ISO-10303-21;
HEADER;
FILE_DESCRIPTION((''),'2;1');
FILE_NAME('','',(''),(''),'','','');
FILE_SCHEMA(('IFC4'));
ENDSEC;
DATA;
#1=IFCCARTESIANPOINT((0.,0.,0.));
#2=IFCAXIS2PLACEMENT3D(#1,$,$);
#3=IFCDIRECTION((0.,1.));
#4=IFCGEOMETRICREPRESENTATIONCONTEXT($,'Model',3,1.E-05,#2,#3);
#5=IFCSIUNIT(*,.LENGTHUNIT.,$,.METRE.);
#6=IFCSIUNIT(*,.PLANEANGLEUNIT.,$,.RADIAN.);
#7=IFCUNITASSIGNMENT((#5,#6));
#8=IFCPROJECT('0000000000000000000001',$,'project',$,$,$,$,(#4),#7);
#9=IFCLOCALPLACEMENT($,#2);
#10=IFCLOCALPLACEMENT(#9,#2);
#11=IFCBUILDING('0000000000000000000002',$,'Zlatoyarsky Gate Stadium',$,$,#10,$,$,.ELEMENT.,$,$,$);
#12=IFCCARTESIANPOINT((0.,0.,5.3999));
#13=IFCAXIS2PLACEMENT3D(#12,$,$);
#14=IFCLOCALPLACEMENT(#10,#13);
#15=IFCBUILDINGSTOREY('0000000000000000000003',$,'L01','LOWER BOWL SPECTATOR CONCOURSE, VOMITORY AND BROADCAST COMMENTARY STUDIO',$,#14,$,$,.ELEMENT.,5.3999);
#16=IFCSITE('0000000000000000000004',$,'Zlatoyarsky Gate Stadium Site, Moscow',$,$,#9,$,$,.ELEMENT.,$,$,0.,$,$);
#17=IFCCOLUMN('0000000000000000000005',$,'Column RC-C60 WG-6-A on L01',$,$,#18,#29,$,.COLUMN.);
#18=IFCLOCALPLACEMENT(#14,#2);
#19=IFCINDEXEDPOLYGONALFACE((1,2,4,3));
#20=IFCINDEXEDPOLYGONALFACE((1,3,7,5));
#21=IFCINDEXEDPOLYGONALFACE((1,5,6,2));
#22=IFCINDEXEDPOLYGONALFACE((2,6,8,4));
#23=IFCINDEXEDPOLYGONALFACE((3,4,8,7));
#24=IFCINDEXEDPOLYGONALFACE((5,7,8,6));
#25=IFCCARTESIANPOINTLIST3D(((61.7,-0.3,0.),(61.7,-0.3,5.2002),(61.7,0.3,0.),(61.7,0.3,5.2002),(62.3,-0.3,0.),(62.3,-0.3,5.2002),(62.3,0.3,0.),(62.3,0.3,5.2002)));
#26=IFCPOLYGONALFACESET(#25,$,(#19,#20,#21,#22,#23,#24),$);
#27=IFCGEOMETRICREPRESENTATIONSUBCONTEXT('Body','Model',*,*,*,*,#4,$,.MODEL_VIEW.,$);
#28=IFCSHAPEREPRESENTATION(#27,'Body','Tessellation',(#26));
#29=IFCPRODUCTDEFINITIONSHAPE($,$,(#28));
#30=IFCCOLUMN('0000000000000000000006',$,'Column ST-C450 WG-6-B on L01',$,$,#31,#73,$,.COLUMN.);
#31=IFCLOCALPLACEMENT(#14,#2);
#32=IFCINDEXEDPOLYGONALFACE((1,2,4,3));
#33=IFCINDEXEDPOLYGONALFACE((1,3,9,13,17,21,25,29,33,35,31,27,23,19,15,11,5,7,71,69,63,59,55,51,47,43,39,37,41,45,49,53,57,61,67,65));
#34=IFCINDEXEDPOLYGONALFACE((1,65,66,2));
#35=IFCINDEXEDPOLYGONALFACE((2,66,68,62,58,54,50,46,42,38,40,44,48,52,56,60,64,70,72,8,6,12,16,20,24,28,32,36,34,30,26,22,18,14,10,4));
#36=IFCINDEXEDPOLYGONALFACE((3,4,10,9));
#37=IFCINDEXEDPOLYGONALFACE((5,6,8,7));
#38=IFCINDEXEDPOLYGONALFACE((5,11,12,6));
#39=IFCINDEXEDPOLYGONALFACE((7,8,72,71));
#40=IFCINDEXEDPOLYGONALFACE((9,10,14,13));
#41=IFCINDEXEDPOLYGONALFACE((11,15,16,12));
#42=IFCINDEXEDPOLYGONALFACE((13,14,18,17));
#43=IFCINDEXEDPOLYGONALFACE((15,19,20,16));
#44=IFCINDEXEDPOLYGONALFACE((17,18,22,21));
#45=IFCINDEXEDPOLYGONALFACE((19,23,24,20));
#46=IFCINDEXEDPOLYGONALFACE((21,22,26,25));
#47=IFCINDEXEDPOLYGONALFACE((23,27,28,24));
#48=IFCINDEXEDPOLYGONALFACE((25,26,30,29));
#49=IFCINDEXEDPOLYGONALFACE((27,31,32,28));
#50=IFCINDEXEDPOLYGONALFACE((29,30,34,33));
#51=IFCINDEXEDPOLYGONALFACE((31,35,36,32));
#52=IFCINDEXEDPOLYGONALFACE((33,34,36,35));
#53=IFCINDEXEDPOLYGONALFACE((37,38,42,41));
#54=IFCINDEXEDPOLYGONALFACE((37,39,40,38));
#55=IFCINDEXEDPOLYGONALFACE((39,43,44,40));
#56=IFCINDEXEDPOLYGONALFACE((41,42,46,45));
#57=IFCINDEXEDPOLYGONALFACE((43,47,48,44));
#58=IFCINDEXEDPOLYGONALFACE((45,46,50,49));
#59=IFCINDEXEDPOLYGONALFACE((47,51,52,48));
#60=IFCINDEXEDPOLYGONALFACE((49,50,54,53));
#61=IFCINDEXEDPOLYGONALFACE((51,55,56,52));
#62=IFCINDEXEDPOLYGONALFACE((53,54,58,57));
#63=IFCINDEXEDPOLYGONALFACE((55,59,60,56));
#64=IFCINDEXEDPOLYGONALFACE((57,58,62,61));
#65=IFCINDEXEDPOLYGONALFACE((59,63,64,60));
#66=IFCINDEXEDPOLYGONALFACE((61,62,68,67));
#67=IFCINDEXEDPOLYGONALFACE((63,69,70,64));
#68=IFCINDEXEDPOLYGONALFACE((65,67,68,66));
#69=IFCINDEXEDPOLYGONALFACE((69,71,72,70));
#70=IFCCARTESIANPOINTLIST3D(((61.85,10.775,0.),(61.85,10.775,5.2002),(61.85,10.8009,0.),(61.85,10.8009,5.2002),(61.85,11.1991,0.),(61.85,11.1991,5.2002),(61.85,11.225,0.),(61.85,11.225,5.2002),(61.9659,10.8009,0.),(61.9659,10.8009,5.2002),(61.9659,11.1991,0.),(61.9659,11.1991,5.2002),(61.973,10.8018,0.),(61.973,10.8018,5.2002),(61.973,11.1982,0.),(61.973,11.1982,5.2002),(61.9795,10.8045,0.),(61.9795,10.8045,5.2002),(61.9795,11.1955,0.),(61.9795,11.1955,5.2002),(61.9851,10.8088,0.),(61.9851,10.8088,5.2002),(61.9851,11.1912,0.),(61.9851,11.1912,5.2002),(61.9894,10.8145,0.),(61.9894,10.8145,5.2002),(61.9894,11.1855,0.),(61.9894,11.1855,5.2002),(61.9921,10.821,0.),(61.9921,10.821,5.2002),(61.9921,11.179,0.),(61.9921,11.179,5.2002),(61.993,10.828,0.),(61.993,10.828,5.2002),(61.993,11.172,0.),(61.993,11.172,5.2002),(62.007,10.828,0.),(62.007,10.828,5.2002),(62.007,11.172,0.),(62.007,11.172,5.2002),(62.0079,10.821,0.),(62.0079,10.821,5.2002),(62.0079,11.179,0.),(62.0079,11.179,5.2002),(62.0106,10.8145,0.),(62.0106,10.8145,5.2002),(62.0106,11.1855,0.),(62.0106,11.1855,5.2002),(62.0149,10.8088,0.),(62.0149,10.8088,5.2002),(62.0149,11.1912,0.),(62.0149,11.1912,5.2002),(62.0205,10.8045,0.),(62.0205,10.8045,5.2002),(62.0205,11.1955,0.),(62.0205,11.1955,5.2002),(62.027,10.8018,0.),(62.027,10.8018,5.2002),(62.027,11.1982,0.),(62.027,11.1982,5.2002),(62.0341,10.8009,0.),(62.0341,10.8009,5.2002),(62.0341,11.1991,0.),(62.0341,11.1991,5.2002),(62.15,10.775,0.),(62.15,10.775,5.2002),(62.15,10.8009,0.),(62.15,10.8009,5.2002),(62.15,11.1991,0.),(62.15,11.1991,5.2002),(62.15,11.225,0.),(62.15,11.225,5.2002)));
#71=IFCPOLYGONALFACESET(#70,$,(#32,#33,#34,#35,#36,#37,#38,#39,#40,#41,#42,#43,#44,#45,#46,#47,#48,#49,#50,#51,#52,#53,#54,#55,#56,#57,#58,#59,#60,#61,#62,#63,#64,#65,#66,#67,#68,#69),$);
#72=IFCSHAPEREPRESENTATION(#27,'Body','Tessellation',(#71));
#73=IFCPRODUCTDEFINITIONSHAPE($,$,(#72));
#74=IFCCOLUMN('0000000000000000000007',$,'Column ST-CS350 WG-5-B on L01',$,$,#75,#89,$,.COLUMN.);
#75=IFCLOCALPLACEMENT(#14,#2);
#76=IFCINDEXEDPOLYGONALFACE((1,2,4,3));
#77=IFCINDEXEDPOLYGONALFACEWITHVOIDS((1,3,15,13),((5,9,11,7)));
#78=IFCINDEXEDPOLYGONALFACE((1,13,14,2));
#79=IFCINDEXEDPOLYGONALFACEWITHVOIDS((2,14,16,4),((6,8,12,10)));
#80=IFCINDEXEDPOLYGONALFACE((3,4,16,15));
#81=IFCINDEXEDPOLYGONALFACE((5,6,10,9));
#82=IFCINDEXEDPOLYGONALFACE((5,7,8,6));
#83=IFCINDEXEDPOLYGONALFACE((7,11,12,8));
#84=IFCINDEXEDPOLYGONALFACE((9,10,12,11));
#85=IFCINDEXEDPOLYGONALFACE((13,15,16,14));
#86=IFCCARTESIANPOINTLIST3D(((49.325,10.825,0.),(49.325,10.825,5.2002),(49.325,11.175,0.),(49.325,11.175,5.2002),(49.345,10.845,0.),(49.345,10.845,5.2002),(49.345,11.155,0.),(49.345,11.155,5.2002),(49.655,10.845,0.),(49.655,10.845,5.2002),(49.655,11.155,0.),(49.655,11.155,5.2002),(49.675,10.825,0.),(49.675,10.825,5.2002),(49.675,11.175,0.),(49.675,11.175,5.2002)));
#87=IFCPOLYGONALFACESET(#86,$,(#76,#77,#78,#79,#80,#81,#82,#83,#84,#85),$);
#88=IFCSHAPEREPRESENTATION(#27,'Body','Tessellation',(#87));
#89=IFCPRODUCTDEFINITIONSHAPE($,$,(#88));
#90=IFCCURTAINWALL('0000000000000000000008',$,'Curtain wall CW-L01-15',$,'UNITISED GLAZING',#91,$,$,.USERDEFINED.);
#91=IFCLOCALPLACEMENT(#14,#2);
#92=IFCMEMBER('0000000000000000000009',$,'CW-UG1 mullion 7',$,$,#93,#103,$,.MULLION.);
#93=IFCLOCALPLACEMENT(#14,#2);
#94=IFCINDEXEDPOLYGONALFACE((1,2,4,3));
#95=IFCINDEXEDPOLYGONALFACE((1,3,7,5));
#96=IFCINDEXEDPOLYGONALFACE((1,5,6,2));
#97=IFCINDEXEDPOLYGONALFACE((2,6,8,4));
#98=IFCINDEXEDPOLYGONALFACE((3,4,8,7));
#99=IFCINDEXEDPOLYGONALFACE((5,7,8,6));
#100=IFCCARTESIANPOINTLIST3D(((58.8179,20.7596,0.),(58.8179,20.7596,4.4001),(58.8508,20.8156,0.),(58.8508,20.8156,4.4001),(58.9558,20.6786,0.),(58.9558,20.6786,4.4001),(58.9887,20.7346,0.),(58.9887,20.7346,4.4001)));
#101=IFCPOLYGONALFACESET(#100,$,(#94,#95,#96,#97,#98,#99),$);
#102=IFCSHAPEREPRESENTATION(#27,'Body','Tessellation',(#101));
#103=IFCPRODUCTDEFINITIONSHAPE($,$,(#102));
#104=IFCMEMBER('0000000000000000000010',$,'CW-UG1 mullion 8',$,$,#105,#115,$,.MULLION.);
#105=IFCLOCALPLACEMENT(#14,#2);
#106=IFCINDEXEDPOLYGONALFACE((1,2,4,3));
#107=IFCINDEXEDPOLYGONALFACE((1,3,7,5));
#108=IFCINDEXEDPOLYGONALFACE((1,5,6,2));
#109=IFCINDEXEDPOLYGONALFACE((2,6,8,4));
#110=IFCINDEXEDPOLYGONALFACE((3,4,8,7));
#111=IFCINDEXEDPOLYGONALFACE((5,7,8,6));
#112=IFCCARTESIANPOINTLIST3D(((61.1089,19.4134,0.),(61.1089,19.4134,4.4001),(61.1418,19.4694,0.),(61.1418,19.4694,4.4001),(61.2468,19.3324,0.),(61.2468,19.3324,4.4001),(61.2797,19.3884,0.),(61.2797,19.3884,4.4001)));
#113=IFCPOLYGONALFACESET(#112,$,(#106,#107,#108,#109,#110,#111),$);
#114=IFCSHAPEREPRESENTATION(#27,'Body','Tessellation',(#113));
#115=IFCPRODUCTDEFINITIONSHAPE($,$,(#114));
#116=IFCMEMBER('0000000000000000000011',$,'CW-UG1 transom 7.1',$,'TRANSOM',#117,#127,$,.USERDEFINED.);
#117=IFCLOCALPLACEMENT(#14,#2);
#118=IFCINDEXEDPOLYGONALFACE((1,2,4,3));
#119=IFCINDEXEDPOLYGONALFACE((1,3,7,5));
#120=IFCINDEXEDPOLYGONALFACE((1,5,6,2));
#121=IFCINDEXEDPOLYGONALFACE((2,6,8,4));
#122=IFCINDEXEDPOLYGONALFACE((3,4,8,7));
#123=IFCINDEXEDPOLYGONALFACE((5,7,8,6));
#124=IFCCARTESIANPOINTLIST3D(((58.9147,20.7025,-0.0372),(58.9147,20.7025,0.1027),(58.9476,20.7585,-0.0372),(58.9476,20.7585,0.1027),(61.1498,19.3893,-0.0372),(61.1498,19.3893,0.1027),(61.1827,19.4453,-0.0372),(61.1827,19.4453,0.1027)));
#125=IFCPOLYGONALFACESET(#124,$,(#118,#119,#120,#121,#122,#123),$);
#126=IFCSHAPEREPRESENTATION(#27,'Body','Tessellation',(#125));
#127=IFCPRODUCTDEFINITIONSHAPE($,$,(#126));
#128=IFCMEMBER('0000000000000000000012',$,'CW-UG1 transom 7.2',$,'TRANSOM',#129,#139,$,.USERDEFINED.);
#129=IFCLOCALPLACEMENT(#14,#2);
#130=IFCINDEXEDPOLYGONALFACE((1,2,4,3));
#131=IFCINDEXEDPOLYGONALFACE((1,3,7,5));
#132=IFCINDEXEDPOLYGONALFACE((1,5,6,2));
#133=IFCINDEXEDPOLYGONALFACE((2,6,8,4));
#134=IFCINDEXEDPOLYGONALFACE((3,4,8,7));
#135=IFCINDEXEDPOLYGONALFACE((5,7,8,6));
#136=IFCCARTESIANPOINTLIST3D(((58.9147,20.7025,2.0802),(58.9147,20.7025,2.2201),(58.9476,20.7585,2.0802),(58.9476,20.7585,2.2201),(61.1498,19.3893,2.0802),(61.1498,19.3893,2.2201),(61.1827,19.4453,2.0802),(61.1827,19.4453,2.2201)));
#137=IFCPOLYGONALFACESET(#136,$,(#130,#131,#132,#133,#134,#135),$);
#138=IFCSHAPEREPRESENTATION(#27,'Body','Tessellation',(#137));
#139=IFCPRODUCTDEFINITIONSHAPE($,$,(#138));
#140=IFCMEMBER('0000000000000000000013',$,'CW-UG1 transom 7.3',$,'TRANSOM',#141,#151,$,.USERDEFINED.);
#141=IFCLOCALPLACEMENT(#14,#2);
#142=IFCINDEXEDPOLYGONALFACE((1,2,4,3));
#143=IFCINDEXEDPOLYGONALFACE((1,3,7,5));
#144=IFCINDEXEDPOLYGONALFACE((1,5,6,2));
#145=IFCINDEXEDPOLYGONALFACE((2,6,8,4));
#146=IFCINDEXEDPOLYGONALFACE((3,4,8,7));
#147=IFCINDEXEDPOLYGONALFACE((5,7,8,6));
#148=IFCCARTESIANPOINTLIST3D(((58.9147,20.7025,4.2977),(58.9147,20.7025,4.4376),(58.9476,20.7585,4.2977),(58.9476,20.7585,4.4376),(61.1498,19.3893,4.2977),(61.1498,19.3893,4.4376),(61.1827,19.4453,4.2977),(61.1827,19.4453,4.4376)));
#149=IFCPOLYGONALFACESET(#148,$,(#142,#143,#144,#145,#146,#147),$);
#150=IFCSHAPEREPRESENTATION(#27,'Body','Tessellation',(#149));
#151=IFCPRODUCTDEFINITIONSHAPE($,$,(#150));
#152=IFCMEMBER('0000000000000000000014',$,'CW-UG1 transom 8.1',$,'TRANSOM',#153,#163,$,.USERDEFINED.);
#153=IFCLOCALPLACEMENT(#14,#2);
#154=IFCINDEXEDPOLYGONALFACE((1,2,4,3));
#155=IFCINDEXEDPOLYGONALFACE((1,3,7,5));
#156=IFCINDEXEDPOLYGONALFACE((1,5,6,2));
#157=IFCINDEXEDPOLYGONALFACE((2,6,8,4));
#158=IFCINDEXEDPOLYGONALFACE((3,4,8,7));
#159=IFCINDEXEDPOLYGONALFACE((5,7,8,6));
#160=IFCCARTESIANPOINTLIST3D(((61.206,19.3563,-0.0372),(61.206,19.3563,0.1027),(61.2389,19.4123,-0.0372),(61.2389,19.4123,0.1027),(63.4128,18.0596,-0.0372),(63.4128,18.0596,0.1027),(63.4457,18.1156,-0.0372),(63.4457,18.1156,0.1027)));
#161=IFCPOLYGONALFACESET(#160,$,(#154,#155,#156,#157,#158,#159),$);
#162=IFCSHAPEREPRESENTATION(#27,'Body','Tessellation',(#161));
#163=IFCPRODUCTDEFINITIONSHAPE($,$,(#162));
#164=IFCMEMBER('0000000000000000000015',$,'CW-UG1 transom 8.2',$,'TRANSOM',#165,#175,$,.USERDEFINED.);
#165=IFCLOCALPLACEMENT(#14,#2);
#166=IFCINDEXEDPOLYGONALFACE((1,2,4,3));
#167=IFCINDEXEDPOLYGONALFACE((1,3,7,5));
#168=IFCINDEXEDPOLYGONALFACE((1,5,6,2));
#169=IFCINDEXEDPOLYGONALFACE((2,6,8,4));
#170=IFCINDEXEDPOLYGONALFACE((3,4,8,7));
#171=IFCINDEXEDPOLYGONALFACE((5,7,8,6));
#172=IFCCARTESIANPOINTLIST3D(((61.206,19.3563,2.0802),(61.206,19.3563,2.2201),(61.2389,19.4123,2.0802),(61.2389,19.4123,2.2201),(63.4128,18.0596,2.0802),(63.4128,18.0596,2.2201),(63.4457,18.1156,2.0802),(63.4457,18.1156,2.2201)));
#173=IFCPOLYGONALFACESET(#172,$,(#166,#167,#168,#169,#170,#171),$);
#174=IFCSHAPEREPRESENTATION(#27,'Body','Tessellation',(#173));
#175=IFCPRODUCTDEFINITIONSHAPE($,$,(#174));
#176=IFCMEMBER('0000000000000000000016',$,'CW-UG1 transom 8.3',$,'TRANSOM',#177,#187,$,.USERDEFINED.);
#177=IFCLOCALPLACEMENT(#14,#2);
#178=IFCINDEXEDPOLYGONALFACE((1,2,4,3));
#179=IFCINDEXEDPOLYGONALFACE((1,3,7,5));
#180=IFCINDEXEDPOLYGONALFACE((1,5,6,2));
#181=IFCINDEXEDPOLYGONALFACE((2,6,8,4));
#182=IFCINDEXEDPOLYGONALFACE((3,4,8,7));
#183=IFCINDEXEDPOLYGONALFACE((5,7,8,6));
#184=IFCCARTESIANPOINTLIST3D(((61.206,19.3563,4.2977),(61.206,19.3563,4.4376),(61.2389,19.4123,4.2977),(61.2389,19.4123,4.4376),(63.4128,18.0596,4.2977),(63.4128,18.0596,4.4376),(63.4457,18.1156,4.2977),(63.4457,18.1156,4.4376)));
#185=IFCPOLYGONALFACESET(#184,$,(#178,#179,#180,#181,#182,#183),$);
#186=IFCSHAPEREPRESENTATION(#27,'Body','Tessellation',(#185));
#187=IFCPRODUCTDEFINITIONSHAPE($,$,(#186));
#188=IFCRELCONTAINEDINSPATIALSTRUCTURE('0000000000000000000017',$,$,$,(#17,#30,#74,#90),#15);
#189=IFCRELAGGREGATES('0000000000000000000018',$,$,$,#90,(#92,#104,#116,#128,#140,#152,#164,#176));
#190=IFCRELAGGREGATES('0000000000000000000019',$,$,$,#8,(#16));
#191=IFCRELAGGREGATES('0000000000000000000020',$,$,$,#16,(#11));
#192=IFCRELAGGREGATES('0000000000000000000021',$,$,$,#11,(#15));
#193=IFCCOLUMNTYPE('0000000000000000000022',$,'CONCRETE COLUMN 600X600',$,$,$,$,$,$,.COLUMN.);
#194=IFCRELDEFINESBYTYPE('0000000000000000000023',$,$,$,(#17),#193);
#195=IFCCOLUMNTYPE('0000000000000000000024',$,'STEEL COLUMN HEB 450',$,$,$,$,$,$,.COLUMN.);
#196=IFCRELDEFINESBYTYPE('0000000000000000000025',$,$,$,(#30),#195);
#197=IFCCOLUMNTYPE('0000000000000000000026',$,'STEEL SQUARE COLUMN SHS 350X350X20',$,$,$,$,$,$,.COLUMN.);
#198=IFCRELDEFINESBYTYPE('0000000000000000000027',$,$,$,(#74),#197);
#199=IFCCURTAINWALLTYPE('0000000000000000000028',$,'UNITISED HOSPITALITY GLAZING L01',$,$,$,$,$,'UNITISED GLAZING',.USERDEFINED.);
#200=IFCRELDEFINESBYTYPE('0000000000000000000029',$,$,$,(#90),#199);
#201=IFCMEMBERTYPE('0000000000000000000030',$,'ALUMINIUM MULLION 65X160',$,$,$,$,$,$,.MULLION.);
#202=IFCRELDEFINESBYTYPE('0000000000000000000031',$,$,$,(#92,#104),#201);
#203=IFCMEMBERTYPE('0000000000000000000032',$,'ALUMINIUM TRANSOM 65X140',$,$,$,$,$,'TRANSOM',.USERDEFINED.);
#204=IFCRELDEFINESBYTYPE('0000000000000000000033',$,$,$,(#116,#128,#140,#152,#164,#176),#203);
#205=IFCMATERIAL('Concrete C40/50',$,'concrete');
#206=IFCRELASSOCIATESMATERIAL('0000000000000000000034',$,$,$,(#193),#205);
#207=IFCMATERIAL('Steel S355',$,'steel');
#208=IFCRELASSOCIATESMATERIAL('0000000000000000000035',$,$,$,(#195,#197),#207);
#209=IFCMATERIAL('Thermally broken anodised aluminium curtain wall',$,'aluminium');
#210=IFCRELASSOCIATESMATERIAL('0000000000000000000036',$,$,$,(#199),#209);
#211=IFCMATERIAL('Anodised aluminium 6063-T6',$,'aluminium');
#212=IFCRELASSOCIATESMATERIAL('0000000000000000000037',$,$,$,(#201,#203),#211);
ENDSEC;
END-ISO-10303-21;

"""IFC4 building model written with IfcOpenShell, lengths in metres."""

from ifc_helpers import new_model, si_unit, direction, frame, origin, origin_2d, place, context, subcontext, project, spatial, rectangle, hollow_rectangle, i_section, extrude, material, material_profile, profile_set, type_object, element, aggregate, save


model = new_model("IFC4")

# Units and contexts
model_context = context("Model", 3, precision=1e-05, world=origin(), true_north=direction((0.0, 1.0)))
body_context = subcontext(model_context, "Body", "Model", "MODEL_VIEW")
ifc_project = project(units=[si_unit("LENGTHUNIT", "METRE"), si_unit("PLANEANGLEUNIT", "RADIAN")], contexts=[model_context])

# Site, building, storey
site_placement = place(None, origin())
site = spatial("IfcSite", under=ifc_project, at=site_placement, Name="Zlatoyarsky Gate Stadium Site, Moscow", CompositionType="ELEMENT", RefElevation=0.0)
building_placement = place(site_placement, origin())
building = spatial("IfcBuilding", under=site, at=building_placement, Name="Zlatoyarsky Gate Stadium", CompositionType="ELEMENT")
storey_placement = place(building_placement, frame((0.0, 0.0, 5.3999)))
storey = spatial("IfcBuildingStorey", under=building, at=storey_placement, Name="L01", Description="LOWER BOWL SPECTATOR CONCOURSE, VOMITORY AND BROADCAST COMMENTARY STUDIO", CompositionType="ELEMENT", Elevation=5.3999)

# Columns
ifc_material_1 = material(Name="Concrete C40/50", Category="concrete")
ifc_material_profile_1 = material_profile(ifc_material_1, rectangle(XDim=0.6001, YDim=0.6001, at=origin_2d()), Name="RC COL 600X600")
ifc_profile_set_1 = profile_set([ifc_material_profile_1], Name="Concrete C40/50")
column_type_1 = type_object("IfcColumnType", Name="CONCRETE COLUMN 600X600", PredefinedType="COLUMN", material=ifc_profile_set_1)
column_1_placement = place(storey_placement, frame((62.0, 0.0, 0.0), z_axis=(0.0, 0.0, 1.0), x_axis=(1.0, 0.0, 0.0)))
element("IfcColumn", 1, at=column_1_placement, inside=storey, type_object=column_type_1, Name="Column RC-C60 WG-6-A on L01", PredefinedType="COLUMN", context=body_context, shape_type="SweptSolid", body=[
    extrude(rectangle(XDim=0.6001, YDim=0.6001, at=origin_2d()), origin(), (0.0, 0.0, 1.0), 5.2002),
])
ifc_material_2 = material(Name="Steel S355", Category="steel")
ifc_material_profile_2 = material_profile(ifc_material_2, i_section(OverallWidth=0.3, OverallDepth=0.45, WebThickness=0.0139, FlangeThickness=0.0259, FilletRadius=0.0271, at=origin_2d()), Name="HEB 450")
ifc_profile_set_2 = profile_set([ifc_material_profile_2], Name="Steel S355")
column_type_2 = type_object("IfcColumnType", Name="STEEL COLUMN HEB 450", PredefinedType="COLUMN", material=ifc_profile_set_2)
column_2_placement = place(storey_placement, frame((62.0, 11.0, 0.0), z_axis=(0.0, 0.0, 1.0), x_axis=(1.0, 0.0, 0.0)))
element("IfcColumn", 2, at=column_2_placement, inside=storey, type_object=column_type_2, Name="Column ST-C450 WG-6-B on L01", PredefinedType="COLUMN", context=body_context, shape_type="SweptSolid", body=[
    extrude(i_section(OverallWidth=0.3, OverallDepth=0.45, WebThickness=0.0139, FlangeThickness=0.0259, FilletRadius=0.0271, at=origin_2d()), origin(), (0.0, 0.0, 1.0), 5.2002),
])
ifc_material_profile_3 = material_profile(ifc_material_2, hollow_rectangle(XDim=0.3501, YDim=0.3501, WallThickness=0.02, at=origin_2d()), Name="SHS 350X350X20")
ifc_profile_set_3 = profile_set([ifc_material_profile_3], Name="Steel S355")
column_type_3 = type_object("IfcColumnType", Name="STEEL SQUARE COLUMN SHS 350X350X20", PredefinedType="COLUMN", material=ifc_profile_set_3)
column_3_placement = place(storey_placement, frame((49.5, 11.0, 0.0), z_axis=(0.0, 0.0, 1.0), x_axis=(1.0, 0.0, 0.0)))
element("IfcColumn", 3, at=column_3_placement, inside=storey, type_object=column_type_3, Name="Column ST-CS350 WG-5-B on L01", PredefinedType="COLUMN", context=body_context, shape_type="SweptSolid", body=[
    extrude(hollow_rectangle(XDim=0.3501, YDim=0.3501, WallThickness=0.02, at=origin_2d()), origin(), (0.0, 0.0, 1.0), 5.2002),
])

# Curtain wall, members
ifc_material_3 = material(Name="Thermally broken anodised aluminium curtain wall", Category="aluminium")
curtain_wall_type = type_object("IfcCurtainWallType", Name="UNITISED HOSPITALITY GLAZING L01", ElementType="UNITISED GLAZING", PredefinedType="USERDEFINED", material=ifc_material_3)
curtain_wall_placement = place(storey_placement, origin())
curtain_wall = element("IfcCurtainWall", 4, at=curtain_wall_placement, inside=storey, type_object=curtain_wall_type, Name="Curtain wall CW-L01-15", ObjectType="UNITISED GLAZING", PredefinedType="USERDEFINED")
ifc_material_4 = material(Name="Anodised aluminium 6063-T6", Category="aluminium")
ifc_material_profile_4 = material_profile(ifc_material_4, rectangle(XDim=0.0649, YDim=0.1599, at=origin_2d()), Name="ALU 65X160")
ifc_profile_set_4 = profile_set([ifc_material_profile_4], Name="Anodised aluminium 6063-T6")
member_type_1 = type_object("IfcMemberType", Name="ALUMINIUM MULLION 65X160", PredefinedType="MULLION", material=ifc_profile_set_4)
member_1_placement = place(storey_placement, frame((58.9033, 20.7471, 0.0), z_axis=(0.0, 0.0, 1.0), x_axis=(0.50659, 0.862187, 0.0)))
member_1 = element("IfcMember", 5, at=member_1_placement, type_object=member_type_1, Name="CW-UG1 mullion 7", PredefinedType="MULLION", context=body_context, shape_type="SweptSolid", body=[
    extrude(rectangle(XDim=0.0649, YDim=0.1599, at=origin_2d()), origin(), (0.0, 0.0, 1.0), 4.4001),
])
member_2_placement = place(storey_placement, frame((61.1943, 19.4009, 0.0), z_axis=(0.0, 0.0, 1.0), x_axis=(0.50659, 0.862187, 0.0)))
member_2 = element("IfcMember", 6, at=member_2_placement, type_object=member_type_1, Name="CW-UG1 mullion 8", PredefinedType="MULLION", context=body_context, shape_type="SweptSolid", body=[
    extrude(rectangle(XDim=0.0649, YDim=0.1599, at=origin_2d()), origin(), (0.0, 0.0, 1.0), 4.4001),
])
ifc_material_profile_5 = material_profile(ifc_material_4, rectangle(XDim=0.0649, YDim=0.1399, at=origin_2d()), Name="ALU 65X140")
ifc_profile_set_5 = profile_set([ifc_material_profile_5], Name="Anodised aluminium 6063-T6")
member_type_2 = type_object("IfcMemberType", Name="ALUMINIUM TRANSOM 65X140", ElementType="TRANSOM", PredefinedType="USERDEFINED", material=ifc_profile_set_5)
member_3_placement = place(storey_placement, frame((58.9312, 20.7305, 0.0327), z_axis=(0.862193, -0.50658, 0.0), x_axis=(0.50658, 0.862193, 0.0)))
member_3 = element("IfcMember", 7, at=member_3_placement, type_object=member_type_2, Name="CW-UG1 transom 7.1", ObjectType="TRANSOM", PredefinedType="USERDEFINED", context=body_context, shape_type="SweptSolid", body=[
    extrude(rectangle(XDim=0.0649, YDim=0.1399, at=origin_2d()), origin(), (0.0, 0.0, 1.0), 2.5923),
])
member_4_placement = place(storey_placement, frame((58.9312, 20.7305, 2.1501), z_axis=(0.862193, -0.50658, 0.0), x_axis=(0.50658, 0.862193, 0.0)))
member_4 = element("IfcMember", 8, at=member_4_placement, type_object=member_type_2, Name="CW-UG1 transom 7.2", ObjectType="TRANSOM", PredefinedType="USERDEFINED", context=body_context, shape_type="SweptSolid", body=[
    extrude(rectangle(XDim=0.0649, YDim=0.1399, at=origin_2d()), origin(), (0.0, 0.0, 1.0), 2.5923),
])
member_5_placement = place(storey_placement, frame((58.9312, 20.7305, 4.3677), z_axis=(0.862193, -0.50658, 0.0), x_axis=(0.50658, 0.862193, 0.0)))
member_5 = element("IfcMember", 9, at=member_5_placement, type_object=member_type_2, Name="CW-UG1 transom 7.3", ObjectType="TRANSOM", PredefinedType="USERDEFINED", context=body_context, shape_type="SweptSolid", body=[
    extrude(rectangle(XDim=0.0649, YDim=0.1399, at=origin_2d()), origin(), (0.0, 0.0, 1.0), 2.5923),
])
member_6_placement = place(storey_placement, frame((61.2224, 19.3843, 0.0327), z_axis=(0.862187, -0.506591, 0.0), x_axis=(0.506591, 0.862187, 0.0)))
member_6 = element("IfcMember", 10, at=member_6_placement, type_object=member_type_2, Name="CW-UG1 transom 8.1", ObjectType="TRANSOM", PredefinedType="USERDEFINED", context=body_context, shape_type="SweptSolid", body=[
    extrude(rectangle(XDim=0.0649, YDim=0.1399, at=origin_2d()), origin(), (0.0, 0.0, 1.0), 2.5596),
])
member_7_placement = place(storey_placement, frame((61.2224, 19.3843, 2.1501), z_axis=(0.862187, -0.506591, 0.0), x_axis=(0.506591, 0.862187, 0.0)))
member_7 = element("IfcMember", 11, at=member_7_placement, type_object=member_type_2, Name="CW-UG1 transom 8.2", ObjectType="TRANSOM", PredefinedType="USERDEFINED", context=body_context, shape_type="SweptSolid", body=[
    extrude(rectangle(XDim=0.0649, YDim=0.1399, at=origin_2d()), origin(), (0.0, 0.0, 1.0), 2.5596),
])
member_8_placement = place(storey_placement, frame((61.2224, 19.3843, 4.3677), z_axis=(0.862187, -0.506591, 0.0), x_axis=(0.506591, 0.862187, 0.0)))
member_8 = element("IfcMember", 12, at=member_8_placement, type_object=member_type_2, Name="CW-UG1 transom 8.3", ObjectType="TRANSOM", PredefinedType="USERDEFINED", context=body_context, shape_type="SweptSolid", body=[
    extrude(rectangle(XDim=0.0649, YDim=0.1399, at=origin_2d()), origin(), (0.0, 0.0, 1.0), 2.5596),
])

aggregate(curtain_wall, [member_1, member_2, member_3, member_4, member_5, member_6, member_7, member_8])

save(model, "model.ifc")
